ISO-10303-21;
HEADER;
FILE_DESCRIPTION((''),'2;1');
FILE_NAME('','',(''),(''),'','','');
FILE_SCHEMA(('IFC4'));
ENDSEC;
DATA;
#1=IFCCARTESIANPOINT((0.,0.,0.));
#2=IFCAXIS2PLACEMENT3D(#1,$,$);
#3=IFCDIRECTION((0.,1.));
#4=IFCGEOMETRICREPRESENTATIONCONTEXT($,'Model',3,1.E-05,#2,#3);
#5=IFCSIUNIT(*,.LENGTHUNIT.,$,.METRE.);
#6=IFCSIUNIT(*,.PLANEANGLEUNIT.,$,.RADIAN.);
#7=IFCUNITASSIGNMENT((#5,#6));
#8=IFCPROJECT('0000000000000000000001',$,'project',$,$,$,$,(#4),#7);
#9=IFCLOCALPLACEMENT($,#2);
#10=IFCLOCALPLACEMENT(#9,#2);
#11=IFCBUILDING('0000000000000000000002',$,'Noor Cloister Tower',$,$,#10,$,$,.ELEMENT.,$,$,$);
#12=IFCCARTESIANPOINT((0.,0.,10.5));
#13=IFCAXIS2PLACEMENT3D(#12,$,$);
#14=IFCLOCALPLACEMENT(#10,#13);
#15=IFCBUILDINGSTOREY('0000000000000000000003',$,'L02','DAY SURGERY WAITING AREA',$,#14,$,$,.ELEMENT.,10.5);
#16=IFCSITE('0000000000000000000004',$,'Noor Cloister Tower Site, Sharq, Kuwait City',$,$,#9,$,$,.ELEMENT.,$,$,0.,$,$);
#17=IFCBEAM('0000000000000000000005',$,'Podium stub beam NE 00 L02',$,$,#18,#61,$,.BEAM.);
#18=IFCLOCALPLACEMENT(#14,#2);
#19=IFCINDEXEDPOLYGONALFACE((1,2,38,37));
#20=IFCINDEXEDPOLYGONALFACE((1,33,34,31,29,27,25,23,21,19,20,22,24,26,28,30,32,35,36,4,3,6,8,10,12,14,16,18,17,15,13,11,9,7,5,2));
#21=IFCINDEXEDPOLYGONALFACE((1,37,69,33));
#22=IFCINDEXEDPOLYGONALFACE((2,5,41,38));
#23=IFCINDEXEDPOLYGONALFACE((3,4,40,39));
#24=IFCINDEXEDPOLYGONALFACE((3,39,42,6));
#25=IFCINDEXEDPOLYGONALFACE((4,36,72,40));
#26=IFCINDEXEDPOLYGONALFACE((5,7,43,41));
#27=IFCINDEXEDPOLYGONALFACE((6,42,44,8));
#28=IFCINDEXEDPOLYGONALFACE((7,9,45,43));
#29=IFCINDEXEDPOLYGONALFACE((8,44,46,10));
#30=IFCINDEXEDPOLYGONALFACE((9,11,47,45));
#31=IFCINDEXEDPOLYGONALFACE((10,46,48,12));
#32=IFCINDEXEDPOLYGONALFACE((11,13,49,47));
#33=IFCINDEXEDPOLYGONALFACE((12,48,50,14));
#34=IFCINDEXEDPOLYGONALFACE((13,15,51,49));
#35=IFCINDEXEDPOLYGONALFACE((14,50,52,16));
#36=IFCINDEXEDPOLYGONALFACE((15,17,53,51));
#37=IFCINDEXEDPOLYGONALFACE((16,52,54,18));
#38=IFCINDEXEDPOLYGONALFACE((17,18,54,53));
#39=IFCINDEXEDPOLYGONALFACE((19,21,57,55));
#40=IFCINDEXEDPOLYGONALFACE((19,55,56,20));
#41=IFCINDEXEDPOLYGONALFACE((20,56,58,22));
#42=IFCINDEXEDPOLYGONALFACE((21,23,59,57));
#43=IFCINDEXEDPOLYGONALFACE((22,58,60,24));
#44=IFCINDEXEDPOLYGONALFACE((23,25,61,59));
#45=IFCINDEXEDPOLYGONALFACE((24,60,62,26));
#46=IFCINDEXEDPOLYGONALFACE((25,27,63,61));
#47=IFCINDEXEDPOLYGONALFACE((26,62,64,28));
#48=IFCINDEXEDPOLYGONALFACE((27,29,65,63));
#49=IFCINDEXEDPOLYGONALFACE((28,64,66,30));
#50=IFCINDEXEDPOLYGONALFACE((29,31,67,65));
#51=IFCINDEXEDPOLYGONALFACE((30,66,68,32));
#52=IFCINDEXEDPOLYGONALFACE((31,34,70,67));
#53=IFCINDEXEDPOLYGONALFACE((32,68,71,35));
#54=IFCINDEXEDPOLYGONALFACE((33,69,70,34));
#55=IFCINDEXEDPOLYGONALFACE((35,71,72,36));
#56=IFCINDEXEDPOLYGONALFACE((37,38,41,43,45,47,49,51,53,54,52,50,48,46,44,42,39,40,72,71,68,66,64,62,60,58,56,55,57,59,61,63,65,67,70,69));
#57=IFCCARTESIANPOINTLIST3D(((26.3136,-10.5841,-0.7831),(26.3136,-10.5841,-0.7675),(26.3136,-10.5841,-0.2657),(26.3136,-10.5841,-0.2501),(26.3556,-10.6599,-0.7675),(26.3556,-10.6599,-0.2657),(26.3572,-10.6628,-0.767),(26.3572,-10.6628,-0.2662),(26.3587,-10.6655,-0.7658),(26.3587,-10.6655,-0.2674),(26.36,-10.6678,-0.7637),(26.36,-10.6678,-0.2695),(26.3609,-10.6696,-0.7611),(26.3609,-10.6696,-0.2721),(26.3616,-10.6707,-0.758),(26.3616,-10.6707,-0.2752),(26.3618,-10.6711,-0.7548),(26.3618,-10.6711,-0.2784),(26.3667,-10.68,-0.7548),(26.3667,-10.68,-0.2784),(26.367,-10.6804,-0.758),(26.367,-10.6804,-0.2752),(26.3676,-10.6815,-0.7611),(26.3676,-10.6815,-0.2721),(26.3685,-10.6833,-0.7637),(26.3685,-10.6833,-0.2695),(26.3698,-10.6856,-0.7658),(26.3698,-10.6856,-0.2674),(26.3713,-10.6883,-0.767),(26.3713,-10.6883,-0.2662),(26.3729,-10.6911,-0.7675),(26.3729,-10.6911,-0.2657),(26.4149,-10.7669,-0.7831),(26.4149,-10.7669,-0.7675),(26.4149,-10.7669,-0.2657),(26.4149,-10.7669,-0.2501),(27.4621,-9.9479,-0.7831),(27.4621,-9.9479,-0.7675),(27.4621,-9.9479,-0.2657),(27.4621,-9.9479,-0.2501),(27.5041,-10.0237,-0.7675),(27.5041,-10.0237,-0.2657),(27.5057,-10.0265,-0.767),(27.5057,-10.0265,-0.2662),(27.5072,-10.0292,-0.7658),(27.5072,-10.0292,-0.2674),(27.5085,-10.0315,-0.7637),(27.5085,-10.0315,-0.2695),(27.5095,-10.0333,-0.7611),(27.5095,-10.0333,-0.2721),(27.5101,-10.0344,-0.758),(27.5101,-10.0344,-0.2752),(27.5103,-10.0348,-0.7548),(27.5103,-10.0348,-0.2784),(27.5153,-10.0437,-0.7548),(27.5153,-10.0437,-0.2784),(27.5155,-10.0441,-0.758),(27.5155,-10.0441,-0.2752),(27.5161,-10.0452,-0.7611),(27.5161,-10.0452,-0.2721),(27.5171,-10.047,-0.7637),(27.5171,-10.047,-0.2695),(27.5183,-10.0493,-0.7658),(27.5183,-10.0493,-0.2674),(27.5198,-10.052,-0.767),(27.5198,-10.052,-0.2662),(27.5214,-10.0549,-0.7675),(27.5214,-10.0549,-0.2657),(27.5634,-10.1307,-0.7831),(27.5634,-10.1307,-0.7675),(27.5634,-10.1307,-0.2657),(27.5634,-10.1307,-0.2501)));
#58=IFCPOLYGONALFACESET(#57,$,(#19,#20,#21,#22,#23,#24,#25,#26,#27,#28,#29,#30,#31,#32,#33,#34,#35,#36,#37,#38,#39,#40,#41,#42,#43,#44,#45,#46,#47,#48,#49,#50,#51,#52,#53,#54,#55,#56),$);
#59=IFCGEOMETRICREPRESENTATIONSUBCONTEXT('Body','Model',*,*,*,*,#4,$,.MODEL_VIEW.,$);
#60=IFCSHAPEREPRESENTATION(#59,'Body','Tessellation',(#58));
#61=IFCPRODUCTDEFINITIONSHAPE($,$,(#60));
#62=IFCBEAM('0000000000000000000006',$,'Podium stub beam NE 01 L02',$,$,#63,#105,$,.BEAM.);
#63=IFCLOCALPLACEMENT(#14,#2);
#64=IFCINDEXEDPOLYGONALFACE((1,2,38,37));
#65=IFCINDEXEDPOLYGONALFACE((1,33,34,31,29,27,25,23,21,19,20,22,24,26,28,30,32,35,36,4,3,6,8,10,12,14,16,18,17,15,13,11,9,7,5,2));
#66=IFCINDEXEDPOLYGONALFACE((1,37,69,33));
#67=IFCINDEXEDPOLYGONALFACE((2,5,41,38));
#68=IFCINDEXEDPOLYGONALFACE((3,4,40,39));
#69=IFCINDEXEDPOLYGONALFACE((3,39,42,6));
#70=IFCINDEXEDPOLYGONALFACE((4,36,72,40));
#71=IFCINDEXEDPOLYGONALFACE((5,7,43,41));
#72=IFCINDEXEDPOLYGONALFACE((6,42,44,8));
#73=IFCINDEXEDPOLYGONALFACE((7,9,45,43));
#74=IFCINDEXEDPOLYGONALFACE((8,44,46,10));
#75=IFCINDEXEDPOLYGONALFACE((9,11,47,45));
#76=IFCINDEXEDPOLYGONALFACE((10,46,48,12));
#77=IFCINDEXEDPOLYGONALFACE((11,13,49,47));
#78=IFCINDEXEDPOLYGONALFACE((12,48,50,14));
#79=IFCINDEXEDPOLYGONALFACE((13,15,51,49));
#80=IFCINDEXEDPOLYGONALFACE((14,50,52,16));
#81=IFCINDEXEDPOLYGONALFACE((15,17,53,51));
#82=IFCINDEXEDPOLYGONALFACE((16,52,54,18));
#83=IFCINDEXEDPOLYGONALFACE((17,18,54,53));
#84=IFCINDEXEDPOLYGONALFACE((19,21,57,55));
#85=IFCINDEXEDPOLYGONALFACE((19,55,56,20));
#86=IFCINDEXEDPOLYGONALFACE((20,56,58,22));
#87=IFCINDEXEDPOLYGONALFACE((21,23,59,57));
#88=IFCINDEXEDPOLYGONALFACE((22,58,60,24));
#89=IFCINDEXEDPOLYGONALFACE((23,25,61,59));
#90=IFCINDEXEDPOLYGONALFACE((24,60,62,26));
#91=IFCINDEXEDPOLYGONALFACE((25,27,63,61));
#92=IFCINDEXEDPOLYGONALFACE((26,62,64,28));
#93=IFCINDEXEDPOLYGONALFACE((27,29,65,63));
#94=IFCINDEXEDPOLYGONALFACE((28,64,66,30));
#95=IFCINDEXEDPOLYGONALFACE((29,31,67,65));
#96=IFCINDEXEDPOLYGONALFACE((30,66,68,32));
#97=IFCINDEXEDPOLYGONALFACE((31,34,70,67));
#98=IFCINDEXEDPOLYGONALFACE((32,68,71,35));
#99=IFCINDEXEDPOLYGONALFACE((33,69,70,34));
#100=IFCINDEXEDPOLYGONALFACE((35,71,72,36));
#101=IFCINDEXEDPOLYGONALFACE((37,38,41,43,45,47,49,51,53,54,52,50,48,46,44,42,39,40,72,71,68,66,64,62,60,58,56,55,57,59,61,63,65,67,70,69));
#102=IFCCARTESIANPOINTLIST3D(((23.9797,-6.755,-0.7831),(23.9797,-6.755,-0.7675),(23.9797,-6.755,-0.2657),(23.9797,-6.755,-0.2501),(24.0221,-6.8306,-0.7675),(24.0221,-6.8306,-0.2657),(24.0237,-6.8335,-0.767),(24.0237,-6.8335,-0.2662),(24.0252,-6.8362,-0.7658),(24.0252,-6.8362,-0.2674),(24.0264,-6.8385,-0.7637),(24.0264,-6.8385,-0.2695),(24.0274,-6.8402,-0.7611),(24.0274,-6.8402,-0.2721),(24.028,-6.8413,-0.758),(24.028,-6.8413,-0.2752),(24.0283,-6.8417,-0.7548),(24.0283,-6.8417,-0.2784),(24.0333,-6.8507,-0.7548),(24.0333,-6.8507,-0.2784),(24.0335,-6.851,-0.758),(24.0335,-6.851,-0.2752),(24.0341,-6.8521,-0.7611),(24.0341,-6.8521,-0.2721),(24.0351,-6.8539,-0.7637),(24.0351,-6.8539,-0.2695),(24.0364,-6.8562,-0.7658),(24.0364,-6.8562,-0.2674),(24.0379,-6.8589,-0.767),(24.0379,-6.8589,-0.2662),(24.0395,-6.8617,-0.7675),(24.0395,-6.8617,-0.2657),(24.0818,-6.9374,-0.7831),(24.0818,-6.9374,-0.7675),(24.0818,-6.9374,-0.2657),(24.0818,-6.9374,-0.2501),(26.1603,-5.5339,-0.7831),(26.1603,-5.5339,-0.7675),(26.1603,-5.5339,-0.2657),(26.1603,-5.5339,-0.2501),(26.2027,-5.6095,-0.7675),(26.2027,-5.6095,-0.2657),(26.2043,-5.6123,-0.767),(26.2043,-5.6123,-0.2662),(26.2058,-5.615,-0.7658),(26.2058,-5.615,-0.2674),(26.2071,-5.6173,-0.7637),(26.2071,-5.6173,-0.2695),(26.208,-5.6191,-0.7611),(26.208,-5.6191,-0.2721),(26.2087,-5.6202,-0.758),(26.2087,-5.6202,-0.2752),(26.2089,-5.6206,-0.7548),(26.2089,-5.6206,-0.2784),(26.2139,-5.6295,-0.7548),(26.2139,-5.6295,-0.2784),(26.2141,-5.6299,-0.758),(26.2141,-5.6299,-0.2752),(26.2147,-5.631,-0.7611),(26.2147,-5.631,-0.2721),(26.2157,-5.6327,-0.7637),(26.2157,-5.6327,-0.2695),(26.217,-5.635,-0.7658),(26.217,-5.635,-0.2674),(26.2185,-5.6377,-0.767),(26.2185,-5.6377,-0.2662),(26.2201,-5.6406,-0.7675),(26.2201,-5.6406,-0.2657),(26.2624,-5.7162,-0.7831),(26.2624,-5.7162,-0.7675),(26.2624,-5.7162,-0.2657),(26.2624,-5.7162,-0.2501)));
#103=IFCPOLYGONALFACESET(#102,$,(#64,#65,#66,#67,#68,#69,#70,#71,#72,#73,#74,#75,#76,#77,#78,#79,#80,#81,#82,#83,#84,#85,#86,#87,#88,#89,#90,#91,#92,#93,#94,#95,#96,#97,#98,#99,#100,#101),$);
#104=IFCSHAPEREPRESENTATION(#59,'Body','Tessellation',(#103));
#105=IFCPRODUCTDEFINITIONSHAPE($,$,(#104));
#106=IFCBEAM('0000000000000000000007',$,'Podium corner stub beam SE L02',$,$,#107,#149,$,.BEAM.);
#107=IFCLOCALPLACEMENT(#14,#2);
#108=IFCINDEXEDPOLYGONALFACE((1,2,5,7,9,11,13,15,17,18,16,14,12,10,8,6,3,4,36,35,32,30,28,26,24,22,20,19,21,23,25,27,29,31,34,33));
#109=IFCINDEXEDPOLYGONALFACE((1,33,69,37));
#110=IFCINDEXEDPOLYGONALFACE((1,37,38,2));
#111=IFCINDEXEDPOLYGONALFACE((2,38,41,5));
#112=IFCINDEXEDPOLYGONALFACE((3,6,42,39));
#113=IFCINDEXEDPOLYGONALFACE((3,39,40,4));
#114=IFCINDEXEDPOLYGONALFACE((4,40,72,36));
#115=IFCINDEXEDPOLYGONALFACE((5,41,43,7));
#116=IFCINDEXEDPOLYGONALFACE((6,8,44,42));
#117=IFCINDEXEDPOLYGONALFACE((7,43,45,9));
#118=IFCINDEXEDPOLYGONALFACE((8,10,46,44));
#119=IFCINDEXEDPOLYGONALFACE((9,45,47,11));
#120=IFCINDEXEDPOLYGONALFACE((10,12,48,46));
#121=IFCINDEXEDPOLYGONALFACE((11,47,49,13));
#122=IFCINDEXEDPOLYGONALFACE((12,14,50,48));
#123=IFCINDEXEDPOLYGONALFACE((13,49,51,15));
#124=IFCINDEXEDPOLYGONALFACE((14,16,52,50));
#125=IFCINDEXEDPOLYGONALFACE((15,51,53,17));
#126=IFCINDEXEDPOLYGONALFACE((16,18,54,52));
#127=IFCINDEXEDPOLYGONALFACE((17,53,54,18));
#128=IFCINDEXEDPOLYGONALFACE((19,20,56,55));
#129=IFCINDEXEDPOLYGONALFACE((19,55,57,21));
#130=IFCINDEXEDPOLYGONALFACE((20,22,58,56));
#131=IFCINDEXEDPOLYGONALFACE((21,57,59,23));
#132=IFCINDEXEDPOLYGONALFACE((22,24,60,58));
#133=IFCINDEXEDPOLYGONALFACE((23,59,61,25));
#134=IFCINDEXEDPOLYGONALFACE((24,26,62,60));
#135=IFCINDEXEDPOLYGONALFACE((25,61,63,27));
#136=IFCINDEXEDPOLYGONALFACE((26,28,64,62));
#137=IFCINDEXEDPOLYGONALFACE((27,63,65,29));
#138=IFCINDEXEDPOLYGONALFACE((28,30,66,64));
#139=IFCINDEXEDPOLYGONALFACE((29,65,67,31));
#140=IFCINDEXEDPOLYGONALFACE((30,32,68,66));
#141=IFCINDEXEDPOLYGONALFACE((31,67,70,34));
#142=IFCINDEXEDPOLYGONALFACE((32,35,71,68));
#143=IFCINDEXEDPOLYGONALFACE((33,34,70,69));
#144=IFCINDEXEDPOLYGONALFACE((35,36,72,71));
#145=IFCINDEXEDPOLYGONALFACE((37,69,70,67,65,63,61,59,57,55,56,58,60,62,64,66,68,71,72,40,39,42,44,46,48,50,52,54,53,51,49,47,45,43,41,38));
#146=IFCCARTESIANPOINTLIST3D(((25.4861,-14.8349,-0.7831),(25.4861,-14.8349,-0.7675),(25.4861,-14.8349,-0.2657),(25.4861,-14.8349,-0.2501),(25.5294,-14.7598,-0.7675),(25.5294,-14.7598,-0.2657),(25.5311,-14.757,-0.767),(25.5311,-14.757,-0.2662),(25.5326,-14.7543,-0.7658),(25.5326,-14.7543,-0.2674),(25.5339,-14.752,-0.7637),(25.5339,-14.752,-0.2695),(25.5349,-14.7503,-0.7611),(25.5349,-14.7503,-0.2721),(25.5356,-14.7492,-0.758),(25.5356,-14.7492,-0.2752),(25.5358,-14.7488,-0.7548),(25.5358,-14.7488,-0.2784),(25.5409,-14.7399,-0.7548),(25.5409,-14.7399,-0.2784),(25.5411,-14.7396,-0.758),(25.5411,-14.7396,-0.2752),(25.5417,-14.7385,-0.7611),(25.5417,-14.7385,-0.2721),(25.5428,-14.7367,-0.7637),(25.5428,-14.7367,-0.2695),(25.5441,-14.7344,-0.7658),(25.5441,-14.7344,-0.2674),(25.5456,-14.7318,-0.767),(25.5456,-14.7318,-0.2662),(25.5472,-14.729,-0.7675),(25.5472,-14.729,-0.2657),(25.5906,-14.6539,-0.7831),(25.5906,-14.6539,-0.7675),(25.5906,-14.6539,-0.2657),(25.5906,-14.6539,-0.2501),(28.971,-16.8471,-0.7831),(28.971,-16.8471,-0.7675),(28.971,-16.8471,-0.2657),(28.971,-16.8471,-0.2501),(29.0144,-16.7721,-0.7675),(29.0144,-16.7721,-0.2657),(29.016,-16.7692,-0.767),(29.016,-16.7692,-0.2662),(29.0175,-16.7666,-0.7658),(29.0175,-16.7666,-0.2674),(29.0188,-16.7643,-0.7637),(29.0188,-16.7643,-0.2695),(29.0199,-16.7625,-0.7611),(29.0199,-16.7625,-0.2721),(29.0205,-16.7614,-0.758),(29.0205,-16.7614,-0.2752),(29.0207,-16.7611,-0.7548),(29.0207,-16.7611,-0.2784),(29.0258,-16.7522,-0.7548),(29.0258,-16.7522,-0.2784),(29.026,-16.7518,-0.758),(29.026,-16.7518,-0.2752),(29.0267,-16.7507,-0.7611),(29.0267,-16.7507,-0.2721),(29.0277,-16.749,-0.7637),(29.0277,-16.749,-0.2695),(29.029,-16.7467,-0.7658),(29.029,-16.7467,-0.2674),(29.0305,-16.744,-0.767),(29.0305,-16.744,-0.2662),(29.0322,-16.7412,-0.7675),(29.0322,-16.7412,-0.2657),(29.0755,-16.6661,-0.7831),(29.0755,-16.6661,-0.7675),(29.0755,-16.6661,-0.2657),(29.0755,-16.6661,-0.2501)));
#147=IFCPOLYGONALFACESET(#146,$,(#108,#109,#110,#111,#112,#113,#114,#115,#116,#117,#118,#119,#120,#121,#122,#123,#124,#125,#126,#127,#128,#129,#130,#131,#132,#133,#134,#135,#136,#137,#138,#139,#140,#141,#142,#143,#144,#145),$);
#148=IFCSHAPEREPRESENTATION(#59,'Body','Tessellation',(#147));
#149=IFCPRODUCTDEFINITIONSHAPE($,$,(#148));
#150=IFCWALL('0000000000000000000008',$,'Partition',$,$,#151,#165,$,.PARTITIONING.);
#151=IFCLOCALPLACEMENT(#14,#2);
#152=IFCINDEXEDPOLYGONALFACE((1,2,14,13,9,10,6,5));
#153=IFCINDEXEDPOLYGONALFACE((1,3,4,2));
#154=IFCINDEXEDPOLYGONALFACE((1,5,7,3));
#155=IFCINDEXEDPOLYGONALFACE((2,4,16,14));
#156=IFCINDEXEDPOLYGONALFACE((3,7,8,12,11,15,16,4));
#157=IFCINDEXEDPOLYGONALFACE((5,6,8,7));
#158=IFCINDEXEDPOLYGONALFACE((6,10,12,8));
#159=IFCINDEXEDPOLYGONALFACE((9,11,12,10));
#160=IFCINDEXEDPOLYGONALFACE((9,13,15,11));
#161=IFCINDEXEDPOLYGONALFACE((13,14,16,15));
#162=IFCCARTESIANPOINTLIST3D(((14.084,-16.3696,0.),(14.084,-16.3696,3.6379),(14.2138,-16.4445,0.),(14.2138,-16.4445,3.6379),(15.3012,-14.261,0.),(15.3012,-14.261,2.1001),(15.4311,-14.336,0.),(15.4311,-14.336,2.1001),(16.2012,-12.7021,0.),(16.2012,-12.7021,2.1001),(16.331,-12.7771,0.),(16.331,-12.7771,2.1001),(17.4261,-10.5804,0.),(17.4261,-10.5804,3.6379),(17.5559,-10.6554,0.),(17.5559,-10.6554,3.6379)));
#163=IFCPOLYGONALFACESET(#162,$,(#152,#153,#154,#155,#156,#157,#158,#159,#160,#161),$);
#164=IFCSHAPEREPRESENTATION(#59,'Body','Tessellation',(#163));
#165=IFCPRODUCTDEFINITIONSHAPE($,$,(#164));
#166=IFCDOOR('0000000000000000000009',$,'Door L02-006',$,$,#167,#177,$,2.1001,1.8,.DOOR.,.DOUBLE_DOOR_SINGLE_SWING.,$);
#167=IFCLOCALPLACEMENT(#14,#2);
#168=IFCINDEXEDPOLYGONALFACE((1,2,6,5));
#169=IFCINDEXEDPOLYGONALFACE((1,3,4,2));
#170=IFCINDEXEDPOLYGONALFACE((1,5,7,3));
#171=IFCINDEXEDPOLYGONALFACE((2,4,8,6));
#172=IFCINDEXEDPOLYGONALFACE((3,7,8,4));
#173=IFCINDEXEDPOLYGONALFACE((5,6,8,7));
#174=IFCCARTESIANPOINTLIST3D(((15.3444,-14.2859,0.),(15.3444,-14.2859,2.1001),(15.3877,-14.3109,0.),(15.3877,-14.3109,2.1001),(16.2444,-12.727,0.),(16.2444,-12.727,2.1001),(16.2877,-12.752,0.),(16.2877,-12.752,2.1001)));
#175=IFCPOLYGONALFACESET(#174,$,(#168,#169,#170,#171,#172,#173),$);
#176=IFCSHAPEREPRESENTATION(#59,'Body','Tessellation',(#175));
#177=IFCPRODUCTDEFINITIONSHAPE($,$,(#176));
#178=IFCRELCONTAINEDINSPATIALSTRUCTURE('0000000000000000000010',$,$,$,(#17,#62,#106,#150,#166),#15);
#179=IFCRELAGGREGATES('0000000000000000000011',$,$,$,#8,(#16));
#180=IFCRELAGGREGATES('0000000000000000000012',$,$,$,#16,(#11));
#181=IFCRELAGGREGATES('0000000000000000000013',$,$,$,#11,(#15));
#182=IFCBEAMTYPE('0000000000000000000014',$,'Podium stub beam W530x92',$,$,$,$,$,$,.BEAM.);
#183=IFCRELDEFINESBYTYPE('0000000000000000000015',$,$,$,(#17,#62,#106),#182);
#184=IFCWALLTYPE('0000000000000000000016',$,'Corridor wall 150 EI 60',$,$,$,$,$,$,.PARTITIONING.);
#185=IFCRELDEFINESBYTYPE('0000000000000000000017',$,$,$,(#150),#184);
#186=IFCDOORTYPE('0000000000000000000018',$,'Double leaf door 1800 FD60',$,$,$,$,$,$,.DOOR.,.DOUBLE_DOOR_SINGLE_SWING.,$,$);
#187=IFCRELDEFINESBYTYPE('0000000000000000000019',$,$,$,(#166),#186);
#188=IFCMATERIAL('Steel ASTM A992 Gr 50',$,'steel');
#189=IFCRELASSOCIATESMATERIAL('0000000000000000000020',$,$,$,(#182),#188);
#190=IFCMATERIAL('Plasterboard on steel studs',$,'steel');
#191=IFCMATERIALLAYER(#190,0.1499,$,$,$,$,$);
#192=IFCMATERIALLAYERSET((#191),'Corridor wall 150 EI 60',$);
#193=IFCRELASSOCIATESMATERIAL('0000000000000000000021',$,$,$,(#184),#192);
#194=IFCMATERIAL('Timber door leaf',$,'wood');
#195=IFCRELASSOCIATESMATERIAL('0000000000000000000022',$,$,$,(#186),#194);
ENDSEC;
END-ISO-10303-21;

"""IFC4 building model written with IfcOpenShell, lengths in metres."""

from ifc_helpers import new_model, si_unit, direction, frame, frame_2d, origin, origin_2d, place, context, subcontext, project, spatial, rectangle, i_section, extrude, material, layer, layer_set, material_profile, profile_set, type_object, element, fill, save


model = new_model("IFC4")

# Units and contexts
model_context = context("Model", 3, precision=1e-05, world=origin(), true_north=direction((0.0, 1.0)))
body_context = subcontext(model_context, "Body", "Model", "MODEL_VIEW")
ifc_project = project(units=[si_unit("LENGTHUNIT", "METRE"), si_unit("PLANEANGLEUNIT", "RADIAN")], contexts=[model_context])

# Site, building, storey
site_placement = place(None, origin())
site = spatial("IfcSite", under=ifc_project, at=site_placement, Name="Noor Cloister Tower Site, Sharq, Kuwait City", CompositionType="ELEMENT", RefElevation=0.0)
building_placement = place(site_placement, origin())
building = spatial("IfcBuilding", under=site, at=building_placement, Name="Noor Cloister Tower", CompositionType="ELEMENT")
storey_placement = place(building_placement, frame((0.0, 0.0, 10.5)))
storey = spatial("IfcBuildingStorey", under=building, at=storey_placement, Name="L02", Description="DAY SURGERY WAITING AREA", CompositionType="ELEMENT", Elevation=10.5)

# Beams
ifc_material_1 = material(Name="Steel ASTM A992 Gr 50", Category="steel")
ifc_material_profile_1 = material_profile(ifc_material_1, i_section(OverallWidth=0.209, OverallDepth=0.533, WebThickness=0.0103, FlangeThickness=0.0156, FilletRadius=0.0127, at=origin_2d()), Name="W530x92")
ifc_profile_set_1 = profile_set([ifc_material_profile_1], Name="Steel ASTM A992 Gr 50")
beam_type_1 = type_object("IfcBeamType", Name="Podium stub beam W530x92", PredefinedType="BEAM", material=ifc_profile_set_1)
beam_1_placement = place(storey_placement, frame((26.3643, -10.6755, -0.5166), z_axis=(0.874736, 0.484601, 0.0), x_axis=(-0.484601, 0.874736, 0.0)))
element("IfcBeam", 1, at=beam_1_placement, inside=storey, type_object=beam_type_1, Name="Podium stub beam NE 00 L02", PredefinedType="BEAM", context=body_context, shape_type="SweptSolid", body=[
    extrude(i_section(OverallWidth=0.209, OverallDepth=0.533, WebThickness=0.0103, FlangeThickness=0.0156, FilletRadius=0.0127, at=origin_2d()), origin(), (0.0, 0.0, 1.0), 1.313),
])
beam_2_placement = place(storey_placement, frame((24.0308, -6.8462, -0.5166), z_axis=(0.872503, 0.488609, 0.0), x_axis=(-0.488609, 0.872503, 0.0)))
element("IfcBeam", 2, at=beam_2_placement, inside=storey, type_object=beam_type_1, Name="Podium stub beam NE 01 L02", PredefinedType="BEAM", context=body_context, shape_type="SweptSolid", body=[
    extrude(i_section(OverallWidth=0.209, OverallDepth=0.533, WebThickness=0.0103, FlangeThickness=0.0156, FilletRadius=0.0127, at=origin_2d()), origin(), (0.0, 0.0, 1.0), 2.4993),
])
beam_3_placement = place(storey_placement, frame((25.5383, -14.7444, -0.5166), z_axis=(0.866002, -0.500041, 0.0), x_axis=(0.500041, 0.866002, 0.0)))
element("IfcBeam", 3, at=beam_3_placement, inside=storey, type_object=beam_type_1, Name="Podium corner stub beam SE L02", PredefinedType="BEAM", context=body_context, shape_type="SweptSolid", body=[
    extrude(i_section(OverallWidth=0.209, OverallDepth=0.533, WebThickness=0.0103, FlangeThickness=0.0156, FilletRadius=0.0127, at=origin_2d()), origin(), (0.0, 0.0, 1.0), 4.0242),
])

# Wall, opening, door
ifc_material_2 = material(Name="Plasterboard on steel studs", Category="steel")
ifc_layer_1 = layer(ifc_material_2, 0.1499)
ifc_layer_set_1 = layer_set([ifc_layer_1], Name="Corridor wall 150 EI 60")
wall_type_1 = type_object("IfcWallType", Name="Corridor wall 150 EI 60", PredefinedType="PARTITIONING", material=ifc_layer_set_1)
wall_1_placement = place(storey_placement, frame((17.491, -10.6179, 0.0), z_axis=(0.0, 0.0, 1.0), x_axis=(-0.499969, -0.866043, 0.0)))
wall_1 = element("IfcWall", 4, at=wall_1_placement, inside=storey, type_object=wall_type_1, Name="Partition", PredefinedType="PARTITIONING", context=body_context, shape_type="SweptSolid", body=[
    extrude(rectangle(XDim=6.6846, YDim=0.1499, at=frame_2d((3.3423, 0.0))), origin(), (0.0, 0.0, 1.0), 3.6379),
])
opening_1_placement = place(wall_1_placement, frame((2.45, 0.0, 0.0)))
opening_1 = element("IfcOpeningElement", 5, at=opening_1_placement, cuts=wall_1, PredefinedType="OPENING", context=body_context, shape_type="SweptSolid", body=[
    extrude(rectangle(XDim=1.8, YDim=2.1001, at=frame_2d((0.8999, 1.05))), frame((0.0, 0.085, 0.0), z_axis=(0.0, -1.0, 0.0), x_axis=(1.0, 0.0, 0.0)), (0.0, 0.0, 1.0), 0.1699),
])
ifc_material_3 = material(Name="Timber door leaf", Category="wood")
door_type_1 = type_object("IfcDoorType", Name="Double leaf door 1800 FD60", OperationType="DOUBLE_DOOR_SINGLE_SWING", PredefinedType="DOOR", material=ifc_material_3)
door_1_placement = place(opening_1_placement, origin())
door_1 = element("IfcDoor", 6, at=door_1_placement, inside=storey, type_object=door_type_1, Name="Door L02-006", OperationType="DOUBLE_DOOR_SINGLE_SWING", OverallHeight=2.1001, OverallWidth=1.8, PredefinedType="DOOR", context=body_context, shape_type="SweptSolid", body=[
    extrude(rectangle(XDim=1.8, YDim=2.1001, at=frame_2d((0.8999, 1.05))), frame((0.0, 0.0249, 0.0), z_axis=(0.0, -1.0, 0.0), x_axis=(1.0, 0.0, 0.0)), (0.0, 0.0, 1.0), 0.05),
])
fill(opening_1, door_1)

save(model, "model.ifc")
